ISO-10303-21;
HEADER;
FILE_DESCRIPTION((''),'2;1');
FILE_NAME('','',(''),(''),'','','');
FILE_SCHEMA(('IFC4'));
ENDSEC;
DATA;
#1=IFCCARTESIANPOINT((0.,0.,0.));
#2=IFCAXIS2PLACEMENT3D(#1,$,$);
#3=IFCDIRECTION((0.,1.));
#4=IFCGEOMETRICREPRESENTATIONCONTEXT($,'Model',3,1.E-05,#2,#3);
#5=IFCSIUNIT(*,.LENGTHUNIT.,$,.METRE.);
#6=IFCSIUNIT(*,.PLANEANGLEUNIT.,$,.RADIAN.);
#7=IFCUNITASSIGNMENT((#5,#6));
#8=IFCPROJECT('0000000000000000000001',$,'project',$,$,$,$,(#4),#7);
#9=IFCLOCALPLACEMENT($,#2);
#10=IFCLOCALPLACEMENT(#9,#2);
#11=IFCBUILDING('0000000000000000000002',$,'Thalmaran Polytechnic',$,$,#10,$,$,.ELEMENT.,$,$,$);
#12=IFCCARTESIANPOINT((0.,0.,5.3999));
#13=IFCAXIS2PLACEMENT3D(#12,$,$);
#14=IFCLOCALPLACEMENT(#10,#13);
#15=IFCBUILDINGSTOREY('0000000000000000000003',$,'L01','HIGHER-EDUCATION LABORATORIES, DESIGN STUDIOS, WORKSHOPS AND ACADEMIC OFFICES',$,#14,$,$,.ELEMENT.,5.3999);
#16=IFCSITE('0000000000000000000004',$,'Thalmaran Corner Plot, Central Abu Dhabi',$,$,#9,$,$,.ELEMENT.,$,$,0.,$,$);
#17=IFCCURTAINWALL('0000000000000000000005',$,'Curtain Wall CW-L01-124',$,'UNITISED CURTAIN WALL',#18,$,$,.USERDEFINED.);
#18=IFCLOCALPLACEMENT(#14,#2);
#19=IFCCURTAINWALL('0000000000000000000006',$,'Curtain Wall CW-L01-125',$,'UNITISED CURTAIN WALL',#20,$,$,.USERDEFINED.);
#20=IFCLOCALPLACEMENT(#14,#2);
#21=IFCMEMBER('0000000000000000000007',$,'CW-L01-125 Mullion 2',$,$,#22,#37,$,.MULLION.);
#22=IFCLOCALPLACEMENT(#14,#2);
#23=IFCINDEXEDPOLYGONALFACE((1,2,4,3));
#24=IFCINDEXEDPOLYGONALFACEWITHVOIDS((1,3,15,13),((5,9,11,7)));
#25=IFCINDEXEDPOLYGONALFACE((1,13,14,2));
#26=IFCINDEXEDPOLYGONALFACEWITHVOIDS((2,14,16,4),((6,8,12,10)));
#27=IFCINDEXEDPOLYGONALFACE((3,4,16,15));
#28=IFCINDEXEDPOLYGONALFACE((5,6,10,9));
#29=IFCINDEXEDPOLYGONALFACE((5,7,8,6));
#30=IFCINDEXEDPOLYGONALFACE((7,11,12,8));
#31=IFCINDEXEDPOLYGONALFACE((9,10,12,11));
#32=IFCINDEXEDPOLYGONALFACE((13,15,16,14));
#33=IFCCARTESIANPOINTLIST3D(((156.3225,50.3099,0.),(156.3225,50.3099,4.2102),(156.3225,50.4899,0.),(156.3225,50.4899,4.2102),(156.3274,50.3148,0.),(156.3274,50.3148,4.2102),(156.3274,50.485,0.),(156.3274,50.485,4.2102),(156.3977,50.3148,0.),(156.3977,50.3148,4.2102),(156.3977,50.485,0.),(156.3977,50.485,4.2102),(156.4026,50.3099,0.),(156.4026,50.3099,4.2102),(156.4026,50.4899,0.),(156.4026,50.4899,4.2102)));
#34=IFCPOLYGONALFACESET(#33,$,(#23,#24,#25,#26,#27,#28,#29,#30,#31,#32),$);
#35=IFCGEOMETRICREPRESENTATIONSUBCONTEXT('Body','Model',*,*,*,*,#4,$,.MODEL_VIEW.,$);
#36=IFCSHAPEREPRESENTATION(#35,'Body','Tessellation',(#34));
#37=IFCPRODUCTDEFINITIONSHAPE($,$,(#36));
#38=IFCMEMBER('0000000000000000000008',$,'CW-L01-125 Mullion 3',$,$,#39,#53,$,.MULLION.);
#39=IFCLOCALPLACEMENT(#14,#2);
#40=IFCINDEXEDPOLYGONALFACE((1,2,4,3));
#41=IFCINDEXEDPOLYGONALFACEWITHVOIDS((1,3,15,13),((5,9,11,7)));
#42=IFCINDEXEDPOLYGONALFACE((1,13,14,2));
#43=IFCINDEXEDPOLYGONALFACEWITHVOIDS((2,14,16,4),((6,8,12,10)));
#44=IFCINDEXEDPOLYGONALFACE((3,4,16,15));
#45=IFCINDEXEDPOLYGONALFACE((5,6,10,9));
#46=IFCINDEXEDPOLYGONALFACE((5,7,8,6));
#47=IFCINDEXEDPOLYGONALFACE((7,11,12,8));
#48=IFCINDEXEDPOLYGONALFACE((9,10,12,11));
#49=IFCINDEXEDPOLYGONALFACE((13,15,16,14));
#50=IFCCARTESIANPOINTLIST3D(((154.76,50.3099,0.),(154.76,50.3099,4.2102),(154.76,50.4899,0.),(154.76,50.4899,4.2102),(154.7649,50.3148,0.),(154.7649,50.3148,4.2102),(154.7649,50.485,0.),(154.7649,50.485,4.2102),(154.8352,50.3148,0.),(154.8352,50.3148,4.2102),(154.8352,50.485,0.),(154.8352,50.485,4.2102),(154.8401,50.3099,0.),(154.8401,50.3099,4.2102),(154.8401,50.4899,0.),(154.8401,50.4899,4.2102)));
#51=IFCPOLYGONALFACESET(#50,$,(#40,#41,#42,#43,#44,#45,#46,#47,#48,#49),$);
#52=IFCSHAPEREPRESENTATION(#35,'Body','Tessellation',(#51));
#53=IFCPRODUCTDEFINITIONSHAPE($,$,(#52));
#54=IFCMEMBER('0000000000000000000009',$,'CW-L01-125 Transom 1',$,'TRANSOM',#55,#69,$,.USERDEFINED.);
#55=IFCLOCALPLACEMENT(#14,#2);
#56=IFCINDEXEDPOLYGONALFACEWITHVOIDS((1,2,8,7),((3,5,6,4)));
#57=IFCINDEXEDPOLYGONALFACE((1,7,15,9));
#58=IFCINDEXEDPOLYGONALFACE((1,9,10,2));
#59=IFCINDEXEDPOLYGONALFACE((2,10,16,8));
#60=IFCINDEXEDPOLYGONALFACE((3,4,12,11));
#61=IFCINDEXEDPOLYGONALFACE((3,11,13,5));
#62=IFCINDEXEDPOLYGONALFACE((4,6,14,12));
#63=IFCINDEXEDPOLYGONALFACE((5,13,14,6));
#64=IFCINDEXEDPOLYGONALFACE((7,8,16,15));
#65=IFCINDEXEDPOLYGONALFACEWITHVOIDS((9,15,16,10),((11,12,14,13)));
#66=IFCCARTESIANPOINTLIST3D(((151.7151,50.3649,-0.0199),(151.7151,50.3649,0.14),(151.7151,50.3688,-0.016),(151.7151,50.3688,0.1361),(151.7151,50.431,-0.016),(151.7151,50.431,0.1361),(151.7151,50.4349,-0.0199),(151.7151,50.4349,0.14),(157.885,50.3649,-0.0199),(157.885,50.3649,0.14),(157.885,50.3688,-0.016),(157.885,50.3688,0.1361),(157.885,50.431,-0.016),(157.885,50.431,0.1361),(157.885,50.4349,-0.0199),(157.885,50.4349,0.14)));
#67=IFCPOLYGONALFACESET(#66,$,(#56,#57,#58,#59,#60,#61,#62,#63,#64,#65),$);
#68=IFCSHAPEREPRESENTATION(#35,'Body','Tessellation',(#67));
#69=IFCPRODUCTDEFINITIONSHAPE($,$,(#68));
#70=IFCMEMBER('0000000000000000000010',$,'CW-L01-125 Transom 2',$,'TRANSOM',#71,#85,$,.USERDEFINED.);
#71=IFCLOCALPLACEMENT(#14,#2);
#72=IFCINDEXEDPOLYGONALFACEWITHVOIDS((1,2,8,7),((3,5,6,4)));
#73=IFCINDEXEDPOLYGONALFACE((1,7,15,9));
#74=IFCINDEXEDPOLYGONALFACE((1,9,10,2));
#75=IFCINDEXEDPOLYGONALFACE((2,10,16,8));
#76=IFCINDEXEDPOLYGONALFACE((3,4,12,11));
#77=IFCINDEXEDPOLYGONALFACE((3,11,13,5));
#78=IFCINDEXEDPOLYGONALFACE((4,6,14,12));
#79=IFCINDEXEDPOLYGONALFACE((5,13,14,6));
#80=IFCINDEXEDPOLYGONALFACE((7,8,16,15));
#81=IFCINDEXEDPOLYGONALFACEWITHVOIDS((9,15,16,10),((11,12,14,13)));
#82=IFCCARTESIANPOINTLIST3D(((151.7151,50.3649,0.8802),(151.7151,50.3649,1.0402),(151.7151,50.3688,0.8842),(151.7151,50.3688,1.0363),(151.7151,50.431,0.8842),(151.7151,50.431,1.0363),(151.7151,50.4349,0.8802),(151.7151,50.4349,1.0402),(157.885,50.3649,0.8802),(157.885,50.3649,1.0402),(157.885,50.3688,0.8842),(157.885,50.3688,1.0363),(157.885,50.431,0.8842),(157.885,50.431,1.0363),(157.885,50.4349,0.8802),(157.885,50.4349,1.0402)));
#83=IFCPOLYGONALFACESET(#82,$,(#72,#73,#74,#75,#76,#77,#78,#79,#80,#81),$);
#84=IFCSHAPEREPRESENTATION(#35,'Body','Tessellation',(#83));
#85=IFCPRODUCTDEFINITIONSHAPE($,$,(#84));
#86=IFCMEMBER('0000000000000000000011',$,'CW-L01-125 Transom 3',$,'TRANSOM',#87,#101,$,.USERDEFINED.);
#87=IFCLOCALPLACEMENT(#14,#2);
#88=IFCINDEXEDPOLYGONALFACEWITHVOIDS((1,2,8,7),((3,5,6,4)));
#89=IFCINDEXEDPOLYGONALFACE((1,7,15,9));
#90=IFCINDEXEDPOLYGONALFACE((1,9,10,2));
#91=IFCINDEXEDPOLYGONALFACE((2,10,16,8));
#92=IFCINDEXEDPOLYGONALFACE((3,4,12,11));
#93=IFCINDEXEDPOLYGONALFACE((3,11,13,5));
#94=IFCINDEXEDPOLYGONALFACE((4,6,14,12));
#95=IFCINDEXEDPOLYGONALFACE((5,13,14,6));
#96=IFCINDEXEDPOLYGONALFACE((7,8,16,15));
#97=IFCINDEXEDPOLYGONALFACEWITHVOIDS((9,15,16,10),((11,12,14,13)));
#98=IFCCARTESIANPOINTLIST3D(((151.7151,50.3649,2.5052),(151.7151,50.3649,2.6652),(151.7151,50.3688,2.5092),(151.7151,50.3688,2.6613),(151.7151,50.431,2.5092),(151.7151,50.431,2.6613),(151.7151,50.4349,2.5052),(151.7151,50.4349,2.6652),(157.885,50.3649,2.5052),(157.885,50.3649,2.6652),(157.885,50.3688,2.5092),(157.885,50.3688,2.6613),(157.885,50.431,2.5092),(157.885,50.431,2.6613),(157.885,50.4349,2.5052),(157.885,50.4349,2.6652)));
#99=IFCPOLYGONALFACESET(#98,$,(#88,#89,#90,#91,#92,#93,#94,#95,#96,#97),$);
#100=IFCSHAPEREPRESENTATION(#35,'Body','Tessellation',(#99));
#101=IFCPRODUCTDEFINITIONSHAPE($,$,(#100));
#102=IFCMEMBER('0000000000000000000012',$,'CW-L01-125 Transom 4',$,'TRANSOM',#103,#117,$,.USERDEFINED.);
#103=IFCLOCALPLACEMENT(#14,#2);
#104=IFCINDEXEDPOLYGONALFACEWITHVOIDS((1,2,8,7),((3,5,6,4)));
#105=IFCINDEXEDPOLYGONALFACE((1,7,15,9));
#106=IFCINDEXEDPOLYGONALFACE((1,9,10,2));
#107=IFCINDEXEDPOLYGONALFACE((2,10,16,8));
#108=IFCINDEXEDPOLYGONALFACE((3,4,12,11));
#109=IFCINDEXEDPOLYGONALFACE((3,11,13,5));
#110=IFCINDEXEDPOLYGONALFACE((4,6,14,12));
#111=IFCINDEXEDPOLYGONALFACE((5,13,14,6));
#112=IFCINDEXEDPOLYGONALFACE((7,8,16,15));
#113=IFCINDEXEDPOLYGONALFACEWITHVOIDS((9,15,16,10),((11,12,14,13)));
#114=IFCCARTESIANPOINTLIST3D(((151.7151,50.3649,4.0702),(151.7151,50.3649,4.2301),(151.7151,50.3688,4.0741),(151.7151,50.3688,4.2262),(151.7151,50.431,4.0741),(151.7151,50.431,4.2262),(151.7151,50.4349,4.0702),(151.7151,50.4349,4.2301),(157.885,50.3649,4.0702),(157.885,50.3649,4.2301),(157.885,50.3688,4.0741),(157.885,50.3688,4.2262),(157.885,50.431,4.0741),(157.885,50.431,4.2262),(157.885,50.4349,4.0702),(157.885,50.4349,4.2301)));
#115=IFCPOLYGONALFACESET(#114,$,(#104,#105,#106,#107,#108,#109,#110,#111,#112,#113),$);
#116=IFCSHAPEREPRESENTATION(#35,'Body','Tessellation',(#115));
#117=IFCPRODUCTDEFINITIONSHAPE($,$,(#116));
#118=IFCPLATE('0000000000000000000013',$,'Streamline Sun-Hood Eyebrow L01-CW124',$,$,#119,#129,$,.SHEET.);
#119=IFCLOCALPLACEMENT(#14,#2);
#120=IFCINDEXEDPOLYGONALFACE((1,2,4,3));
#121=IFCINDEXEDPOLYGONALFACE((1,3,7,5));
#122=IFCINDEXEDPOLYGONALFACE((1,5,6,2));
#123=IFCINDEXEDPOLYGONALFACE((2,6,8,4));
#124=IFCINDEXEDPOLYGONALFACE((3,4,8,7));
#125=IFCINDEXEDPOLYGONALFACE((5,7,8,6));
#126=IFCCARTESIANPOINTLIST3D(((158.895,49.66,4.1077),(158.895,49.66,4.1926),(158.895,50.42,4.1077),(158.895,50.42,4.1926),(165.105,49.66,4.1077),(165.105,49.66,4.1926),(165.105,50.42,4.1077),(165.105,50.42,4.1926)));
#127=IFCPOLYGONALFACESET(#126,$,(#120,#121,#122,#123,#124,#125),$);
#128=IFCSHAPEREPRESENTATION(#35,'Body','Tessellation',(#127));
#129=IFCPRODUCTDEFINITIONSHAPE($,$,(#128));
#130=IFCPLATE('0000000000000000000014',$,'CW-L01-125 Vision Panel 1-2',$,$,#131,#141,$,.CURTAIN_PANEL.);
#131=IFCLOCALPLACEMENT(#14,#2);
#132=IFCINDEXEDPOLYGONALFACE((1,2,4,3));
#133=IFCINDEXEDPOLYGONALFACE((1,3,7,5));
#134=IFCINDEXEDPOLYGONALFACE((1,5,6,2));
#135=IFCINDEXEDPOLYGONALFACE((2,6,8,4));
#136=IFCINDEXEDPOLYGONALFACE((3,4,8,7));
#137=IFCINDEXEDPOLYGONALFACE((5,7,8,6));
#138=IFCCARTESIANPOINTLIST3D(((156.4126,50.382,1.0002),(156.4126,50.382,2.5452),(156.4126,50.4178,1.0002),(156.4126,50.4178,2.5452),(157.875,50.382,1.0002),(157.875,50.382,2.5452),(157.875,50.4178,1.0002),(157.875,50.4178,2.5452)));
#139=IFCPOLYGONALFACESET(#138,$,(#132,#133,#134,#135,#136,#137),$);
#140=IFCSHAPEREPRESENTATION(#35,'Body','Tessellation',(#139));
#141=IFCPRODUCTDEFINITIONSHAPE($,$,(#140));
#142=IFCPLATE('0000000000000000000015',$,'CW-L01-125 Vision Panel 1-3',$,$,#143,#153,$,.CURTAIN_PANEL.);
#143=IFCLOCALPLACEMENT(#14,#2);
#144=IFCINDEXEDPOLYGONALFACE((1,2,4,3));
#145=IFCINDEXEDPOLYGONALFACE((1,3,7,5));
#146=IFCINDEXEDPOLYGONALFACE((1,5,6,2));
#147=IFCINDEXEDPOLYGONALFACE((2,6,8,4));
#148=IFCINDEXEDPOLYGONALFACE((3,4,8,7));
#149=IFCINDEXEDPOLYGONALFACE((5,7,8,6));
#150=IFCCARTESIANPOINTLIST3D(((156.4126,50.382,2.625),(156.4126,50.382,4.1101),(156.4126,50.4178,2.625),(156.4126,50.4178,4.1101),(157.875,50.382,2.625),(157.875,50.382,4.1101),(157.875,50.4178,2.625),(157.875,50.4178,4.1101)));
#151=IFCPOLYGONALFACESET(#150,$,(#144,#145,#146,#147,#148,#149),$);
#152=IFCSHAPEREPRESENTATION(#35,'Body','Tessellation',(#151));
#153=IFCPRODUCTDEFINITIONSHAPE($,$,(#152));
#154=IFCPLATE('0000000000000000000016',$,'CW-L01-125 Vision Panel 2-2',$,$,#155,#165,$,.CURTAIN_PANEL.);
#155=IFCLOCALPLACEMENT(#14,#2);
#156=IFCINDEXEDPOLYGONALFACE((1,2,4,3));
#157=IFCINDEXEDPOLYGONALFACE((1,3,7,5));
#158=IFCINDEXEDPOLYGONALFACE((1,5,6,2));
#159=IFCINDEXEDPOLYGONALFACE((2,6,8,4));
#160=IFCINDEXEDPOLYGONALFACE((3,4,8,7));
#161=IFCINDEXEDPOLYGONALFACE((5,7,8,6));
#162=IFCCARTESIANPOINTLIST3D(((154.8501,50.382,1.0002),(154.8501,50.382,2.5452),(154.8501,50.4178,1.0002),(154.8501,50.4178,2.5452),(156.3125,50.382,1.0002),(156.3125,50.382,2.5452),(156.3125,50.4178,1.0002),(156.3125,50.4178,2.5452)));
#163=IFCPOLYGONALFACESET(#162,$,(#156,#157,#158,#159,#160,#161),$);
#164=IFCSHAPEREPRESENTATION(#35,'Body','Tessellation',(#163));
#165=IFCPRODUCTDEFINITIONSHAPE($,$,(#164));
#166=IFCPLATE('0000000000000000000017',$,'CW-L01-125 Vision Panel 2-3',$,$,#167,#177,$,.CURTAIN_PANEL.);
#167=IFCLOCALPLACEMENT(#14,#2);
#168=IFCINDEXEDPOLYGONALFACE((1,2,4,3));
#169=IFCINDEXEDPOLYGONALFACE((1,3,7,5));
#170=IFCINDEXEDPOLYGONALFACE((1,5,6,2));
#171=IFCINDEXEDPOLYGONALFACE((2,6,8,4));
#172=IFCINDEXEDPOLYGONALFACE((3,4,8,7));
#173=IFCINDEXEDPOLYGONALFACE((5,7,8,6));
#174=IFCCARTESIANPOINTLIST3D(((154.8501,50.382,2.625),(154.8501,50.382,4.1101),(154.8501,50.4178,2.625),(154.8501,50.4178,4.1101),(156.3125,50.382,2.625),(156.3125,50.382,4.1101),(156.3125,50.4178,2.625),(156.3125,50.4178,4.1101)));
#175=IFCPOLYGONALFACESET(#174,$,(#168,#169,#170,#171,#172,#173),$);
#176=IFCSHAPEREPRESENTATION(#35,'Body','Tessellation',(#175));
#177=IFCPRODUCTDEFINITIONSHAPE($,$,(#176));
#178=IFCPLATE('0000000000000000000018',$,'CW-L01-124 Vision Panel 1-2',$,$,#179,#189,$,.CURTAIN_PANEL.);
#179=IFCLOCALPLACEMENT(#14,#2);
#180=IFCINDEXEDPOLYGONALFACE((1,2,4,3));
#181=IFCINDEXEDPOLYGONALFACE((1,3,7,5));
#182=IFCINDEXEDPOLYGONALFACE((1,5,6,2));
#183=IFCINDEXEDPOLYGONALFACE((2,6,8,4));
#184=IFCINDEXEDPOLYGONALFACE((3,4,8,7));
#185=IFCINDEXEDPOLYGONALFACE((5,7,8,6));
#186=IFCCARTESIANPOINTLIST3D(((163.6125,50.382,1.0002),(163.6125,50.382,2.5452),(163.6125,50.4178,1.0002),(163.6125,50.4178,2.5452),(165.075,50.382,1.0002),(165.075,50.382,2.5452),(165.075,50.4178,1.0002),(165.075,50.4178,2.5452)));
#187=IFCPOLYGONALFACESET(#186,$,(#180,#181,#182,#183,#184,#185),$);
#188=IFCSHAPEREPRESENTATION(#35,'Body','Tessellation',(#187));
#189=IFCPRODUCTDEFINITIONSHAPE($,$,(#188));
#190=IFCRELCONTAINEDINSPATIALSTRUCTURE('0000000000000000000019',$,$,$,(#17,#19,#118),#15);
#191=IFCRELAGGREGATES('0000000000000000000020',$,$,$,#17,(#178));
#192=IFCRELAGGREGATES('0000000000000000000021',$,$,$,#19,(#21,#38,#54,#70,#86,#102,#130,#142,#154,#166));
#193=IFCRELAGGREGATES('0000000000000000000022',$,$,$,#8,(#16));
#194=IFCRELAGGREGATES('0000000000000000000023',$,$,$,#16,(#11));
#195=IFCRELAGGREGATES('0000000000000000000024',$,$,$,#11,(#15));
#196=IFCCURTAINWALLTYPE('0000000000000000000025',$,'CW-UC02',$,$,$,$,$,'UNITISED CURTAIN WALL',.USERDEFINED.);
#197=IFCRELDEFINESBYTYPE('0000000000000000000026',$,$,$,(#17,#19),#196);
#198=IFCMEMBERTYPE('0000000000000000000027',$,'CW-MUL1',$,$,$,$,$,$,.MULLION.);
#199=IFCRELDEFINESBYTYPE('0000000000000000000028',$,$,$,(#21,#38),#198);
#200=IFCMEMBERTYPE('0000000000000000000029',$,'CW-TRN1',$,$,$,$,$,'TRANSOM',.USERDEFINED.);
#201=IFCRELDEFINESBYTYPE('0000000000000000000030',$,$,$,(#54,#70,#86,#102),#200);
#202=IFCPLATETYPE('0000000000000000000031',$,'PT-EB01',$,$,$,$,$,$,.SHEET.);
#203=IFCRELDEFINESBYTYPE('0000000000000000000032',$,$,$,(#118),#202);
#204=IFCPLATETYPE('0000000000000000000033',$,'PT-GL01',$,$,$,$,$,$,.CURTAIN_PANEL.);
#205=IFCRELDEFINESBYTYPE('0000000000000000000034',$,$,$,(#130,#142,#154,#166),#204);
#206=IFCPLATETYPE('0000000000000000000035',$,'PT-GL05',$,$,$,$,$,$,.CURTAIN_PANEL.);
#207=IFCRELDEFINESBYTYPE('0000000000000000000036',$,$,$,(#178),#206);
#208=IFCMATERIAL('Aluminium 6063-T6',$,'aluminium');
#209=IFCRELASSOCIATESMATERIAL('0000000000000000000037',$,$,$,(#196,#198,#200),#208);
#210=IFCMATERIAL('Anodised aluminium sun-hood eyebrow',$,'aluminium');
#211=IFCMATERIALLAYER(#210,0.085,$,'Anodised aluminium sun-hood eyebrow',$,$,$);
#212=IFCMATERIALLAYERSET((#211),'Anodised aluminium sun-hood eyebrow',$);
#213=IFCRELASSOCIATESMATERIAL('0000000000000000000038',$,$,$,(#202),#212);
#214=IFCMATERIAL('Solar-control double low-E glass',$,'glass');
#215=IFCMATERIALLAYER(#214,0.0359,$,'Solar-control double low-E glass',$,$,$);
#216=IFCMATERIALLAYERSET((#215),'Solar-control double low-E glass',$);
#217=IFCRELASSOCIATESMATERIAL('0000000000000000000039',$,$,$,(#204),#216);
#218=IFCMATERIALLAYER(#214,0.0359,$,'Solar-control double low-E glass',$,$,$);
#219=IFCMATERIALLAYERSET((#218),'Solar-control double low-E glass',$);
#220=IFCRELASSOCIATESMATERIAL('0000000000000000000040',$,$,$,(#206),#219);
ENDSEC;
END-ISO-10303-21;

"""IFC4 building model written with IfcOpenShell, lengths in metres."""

from ifc_helpers import new_model, si_unit, direction, frame, origin, origin_2d, place, context, subcontext, project, spatial, rectangle, hollow_rectangle, extrude, material, layer, layer_set, material_profile, profile_set, type_object, element, aggregate, save


model = new_model("IFC4")

# Units and contexts
model_context = context("Model", 3, precision=1e-05, world=origin(), true_north=direction((0.0, 1.0)))
body_context = subcontext(model_context, "Body", "Model", "MODEL_VIEW")
ifc_project = project(units=[si_unit("LENGTHUNIT", "METRE"), si_unit("PLANEANGLEUNIT", "RADIAN")], contexts=[model_context])

# Site, building, storey
site_placement = place(None, origin())
site = spatial("IfcSite", under=ifc_project, at=site_placement, Name="Thalmaran Corner Plot, Central Abu Dhabi", CompositionType="ELEMENT", RefElevation=0.0)
building_placement = place(site_placement, origin())
building = spatial("IfcBuilding", under=site, at=building_placement, Name="Thalmaran Polytechnic", CompositionType="ELEMENT")
storey_placement = place(building_placement, frame((0.0, 0.0, 5.3999)))
storey = spatial("IfcBuildingStorey", under=building, at=storey_placement, Name="L01", Description="HIGHER-EDUCATION LABORATORIES, DESIGN STUDIOS, WORKSHOPS AND ACADEMIC OFFICES", CompositionType="ELEMENT", Elevation=5.3999)

# Curtain walls, members
ifc_material_1 = material(Name="Aluminium 6063-T6", Category="aluminium")
curtain_wall_type = type_object("IfcCurtainWallType", Name="CW-UC02", ElementType="UNITISED CURTAIN WALL", PredefinedType="USERDEFINED", material=ifc_material_1)
curtain_wall_1_placement = place(storey_placement, origin())
curtain_wall_1 = element("IfcCurtainWall", 1, at=curtain_wall_1_placement, inside=storey, type_object=curtain_wall_type, Name="Curtain Wall CW-L01-124", ObjectType="UNITISED CURTAIN WALL", PredefinedType="USERDEFINED")
ifc_material_profile_1 = material_profile(ifc_material_1, hollow_rectangle(XDim=0.0801, YDim=0.1799, WallThickness=0.0049, at=origin_2d()), Name="RHS 180x80x5.0")
ifc_profile_set_1 = profile_set([ifc_material_profile_1], Name="Aluminium 6063-T6")
member_type_1 = type_object("IfcMemberType", Name="CW-MUL1", PredefinedType="MULLION", material=ifc_profile_set_1)
curtain_wall_2_placement = place(storey_placement, origin())
curtain_wall_2 = element("IfcCurtainWall", 2, at=curtain_wall_2_placement, inside=storey, type_object=curtain_wall_type, Name="Curtain Wall CW-L01-125", ObjectType="UNITISED CURTAIN WALL", PredefinedType="USERDEFINED")
member_1_placement = place(storey_placement, frame((156.3625, 50.3999, 0.0), z_axis=(0.0, 0.0, 1.0), x_axis=(1.0, 0.0, 0.0)))
member_1 = element("IfcMember", 3, at=member_1_placement, type_object=member_type_1, Name="CW-L01-125 Mullion 2", PredefinedType="MULLION", context=body_context, shape_type="SweptSolid", body=[
    extrude(hollow_rectangle(XDim=0.0801, YDim=0.1799, WallThickness=0.0049, at=origin_2d()), origin(), (0.0, 0.0, 1.0), 4.2102),
])
member_2_placement = place(storey_placement, frame((154.8, 50.3999, 0.0), z_axis=(0.0, 0.0, 1.0), x_axis=(1.0, 0.0, 0.0)))
member_2 = element("IfcMember", 4, at=member_2_placement, type_object=member_type_1, Name="CW-L01-125 Mullion 3", PredefinedType="MULLION", context=body_context, shape_type="SweptSolid", body=[
    extrude(hollow_rectangle(XDim=0.0801, YDim=0.1799, WallThickness=0.0049, at=origin_2d()), origin(), (0.0, 0.0, 1.0), 4.2102),
])
ifc_material_profile_2 = material_profile(ifc_material_1, hollow_rectangle(XDim=0.0701, YDim=0.1599, WallThickness=0.0039, at=origin_2d()), Name="AL 160x70x4.0")
ifc_profile_set_2 = profile_set([ifc_material_profile_2], Name="Aluminium 6063-T6")
member_type_2 = type_object("IfcMemberType", Name="CW-TRN1", ElementType="TRANSOM", PredefinedType="USERDEFINED", material=ifc_profile_set_2)
member_3_placement = place(storey_placement, frame((157.885, 50.3999, 0.0601), z_axis=(-1.0, 0.0, 0.0), x_axis=(0.0, -1.0, 0.0)))
member_3 = element("IfcMember", 5, at=member_3_placement, type_object=member_type_2, Name="CW-L01-125 Transom 1", ObjectType="TRANSOM", PredefinedType="USERDEFINED", context=body_context, shape_type="SweptSolid", body=[
    extrude(hollow_rectangle(XDim=0.0701, YDim=0.1599, WallThickness=0.0039, at=origin_2d()), origin(), (0.0, 0.0, 1.0), 6.1699),
])
member_4_placement = place(storey_placement, frame((157.885, 50.3999, 0.9602), z_axis=(-1.0, 0.0, 0.0), x_axis=(0.0, -1.0, 0.0)))
member_4 = element("IfcMember", 6, at=member_4_placement, type_object=member_type_2, Name="CW-L01-125 Transom 2", ObjectType="TRANSOM", PredefinedType="USERDEFINED", context=body_context, shape_type="SweptSolid", body=[
    extrude(hollow_rectangle(XDim=0.0701, YDim=0.1599, WallThickness=0.0039, at=origin_2d()), origin(), (0.0, 0.0, 1.0), 6.1699),
])
member_5_placement = place(storey_placement, frame((157.885, 50.3999, 2.5852), z_axis=(-1.0, 0.0, 0.0), x_axis=(0.0, -1.0, 0.0)))
member_5 = element("IfcMember", 7, at=member_5_placement, type_object=member_type_2, Name="CW-L01-125 Transom 3", ObjectType="TRANSOM", PredefinedType="USERDEFINED", context=body_context, shape_type="SweptSolid", body=[
    extrude(hollow_rectangle(XDim=0.0701, YDim=0.1599, WallThickness=0.0039, at=origin_2d()), origin(), (0.0, 0.0, 1.0), 6.1699),
])
member_6_placement = place(storey_placement, frame((157.885, 50.3999, 4.1501), z_axis=(-1.0, 0.0, 0.0), x_axis=(0.0, -1.0, 0.0)))
member_6 = element("IfcMember", 8, at=member_6_placement, type_object=member_type_2, Name="CW-L01-125 Transom 4", ObjectType="TRANSOM", PredefinedType="USERDEFINED", context=body_context, shape_type="SweptSolid", body=[
    extrude(hollow_rectangle(XDim=0.0701, YDim=0.1599, WallThickness=0.0039, at=origin_2d()), origin(), (0.0, 0.0, 1.0), 6.1699),
])

# Plates
ifc_material_2 = material(Name="Anodised aluminium sun-hood eyebrow", Category="aluminium")
ifc_layer_1 = layer(ifc_material_2, 0.085, Name="Anodised aluminium sun-hood eyebrow")
ifc_layer_set_1 = layer_set([ifc_layer_1], Name="Anodised aluminium sun-hood eyebrow")
plate_type_1 = type_object("IfcPlateType", Name="PT-EB01", PredefinedType="SHEET", material=ifc_layer_set_1)
plate_1_placement = place(storey_placement, frame((162.0, 50.04, 4.1077), z_axis=(0.0, 0.0, 1.0), x_axis=(-1.0, 0.0, 0.0)))
element("IfcPlate", 9, at=plate_1_placement, inside=storey, type_object=plate_type_1, Name="Streamline Sun-Hood Eyebrow L01-CW124", PredefinedType="SHEET", context=body_context, shape_type="SweptSolid", body=[
    extrude(rectangle(XDim=6.21, YDim=0.76, at=origin_2d()), origin(), (0.0, 0.0, 1.0), 0.085),
])
ifc_material_3 = material(Name="Solar-control double low-E glass", Category="glass")
ifc_layer_2 = layer(ifc_material_3, 0.0359, Name="Solar-control double low-E glass")
ifc_layer_set_2 = layer_set([ifc_layer_2], Name="Solar-control double low-E glass")
plate_type_2 = type_object("IfcPlateType", Name="PT-GL01", PredefinedType="CURTAIN_PANEL", material=ifc_layer_set_2)
plate_2_placement = place(storey_placement, frame((157.1438, 50.3999, 1.0002), z_axis=(0.0, 0.0, 1.0), x_axis=(-1.0, 0.0, 0.0)))
plate_2 = element("IfcPlate", 10, at=plate_2_placement, type_object=plate_type_2, Name="CW-L01-125 Vision Panel 1-2", PredefinedType="CURTAIN_PANEL", context=body_context, shape_type="SweptSolid", body=[
    extrude(rectangle(XDim=1.4624, YDim=0.0359, at=origin_2d()), origin(), (0.0, 0.0, 1.0), 1.5449),
])
plate_3_placement = place(storey_placement, frame((157.1438, 50.3999, 2.625), z_axis=(0.0, 0.0, 1.0), x_axis=(-1.0, 0.0, 0.0)))
plate_3 = element("IfcPlate", 11, at=plate_3_placement, type_object=plate_type_2, Name="CW-L01-125 Vision Panel 1-3", PredefinedType="CURTAIN_PANEL", context=body_context, shape_type="SweptSolid", body=[
    extrude(rectangle(XDim=1.4624, YDim=0.0359, at=origin_2d()), origin(), (0.0, 0.0, 1.0), 1.4851),
])
plate_4_placement = place(storey_placement, frame((155.5813, 50.3999, 1.0002), z_axis=(0.0, 0.0, 1.0), x_axis=(-1.0, 0.0, 0.0)))
plate_4 = element("IfcPlate", 12, at=plate_4_placement, type_object=plate_type_2, Name="CW-L01-125 Vision Panel 2-2", PredefinedType="CURTAIN_PANEL", context=body_context, shape_type="SweptSolid", body=[
    extrude(rectangle(XDim=1.4624, YDim=0.0359, at=origin_2d()), origin(), (0.0, 0.0, 1.0), 1.5449),
])
plate_5_placement = place(storey_placement, frame((155.5813, 50.3999, 2.625), z_axis=(0.0, 0.0, 1.0), x_axis=(-1.0, 0.0, 0.0)))
plate_5 = element("IfcPlate", 13, at=plate_5_placement, type_object=plate_type_2, Name="CW-L01-125 Vision Panel 2-3", PredefinedType="CURTAIN_PANEL", context=body_context, shape_type="SweptSolid", body=[
    extrude(rectangle(XDim=1.4624, YDim=0.0359, at=origin_2d()), origin(), (0.0, 0.0, 1.0), 1.4851),
])
ifc_layer_3 = layer(ifc_material_3, 0.0359, Name="Solar-control double low-E glass")
ifc_layer_set_3 = layer_set([ifc_layer_3], Name="Solar-control double low-E glass")
plate_type_3 = type_object("IfcPlateType", Name="PT-GL05", PredefinedType="CURTAIN_PANEL", material=ifc_layer_set_3)
plate_6_placement = place(storey_placement, frame((164.3438, 50.3999, 1.0002), z_axis=(0.0, 0.0, 1.0), x_axis=(-1.0, 0.0, 0.0)))
plate_6 = element("IfcPlate", 14, at=plate_6_placement, type_object=plate_type_3, Name="CW-L01-124 Vision Panel 1-2", PredefinedType="CURTAIN_PANEL", context=body_context, shape_type="SweptSolid", body=[
    extrude(rectangle(XDim=1.4624, YDim=0.0359, at=origin_2d()), origin(), (0.0, 0.0, 1.0), 1.5449),
])
aggregate(curtain_wall_1, [plate_6])
aggregate(curtain_wall_2, [member_1, member_2, member_3, member_4, member_5, member_6, plate_2, plate_3, plate_4, plate_5])

save(model, "model.ifc")
